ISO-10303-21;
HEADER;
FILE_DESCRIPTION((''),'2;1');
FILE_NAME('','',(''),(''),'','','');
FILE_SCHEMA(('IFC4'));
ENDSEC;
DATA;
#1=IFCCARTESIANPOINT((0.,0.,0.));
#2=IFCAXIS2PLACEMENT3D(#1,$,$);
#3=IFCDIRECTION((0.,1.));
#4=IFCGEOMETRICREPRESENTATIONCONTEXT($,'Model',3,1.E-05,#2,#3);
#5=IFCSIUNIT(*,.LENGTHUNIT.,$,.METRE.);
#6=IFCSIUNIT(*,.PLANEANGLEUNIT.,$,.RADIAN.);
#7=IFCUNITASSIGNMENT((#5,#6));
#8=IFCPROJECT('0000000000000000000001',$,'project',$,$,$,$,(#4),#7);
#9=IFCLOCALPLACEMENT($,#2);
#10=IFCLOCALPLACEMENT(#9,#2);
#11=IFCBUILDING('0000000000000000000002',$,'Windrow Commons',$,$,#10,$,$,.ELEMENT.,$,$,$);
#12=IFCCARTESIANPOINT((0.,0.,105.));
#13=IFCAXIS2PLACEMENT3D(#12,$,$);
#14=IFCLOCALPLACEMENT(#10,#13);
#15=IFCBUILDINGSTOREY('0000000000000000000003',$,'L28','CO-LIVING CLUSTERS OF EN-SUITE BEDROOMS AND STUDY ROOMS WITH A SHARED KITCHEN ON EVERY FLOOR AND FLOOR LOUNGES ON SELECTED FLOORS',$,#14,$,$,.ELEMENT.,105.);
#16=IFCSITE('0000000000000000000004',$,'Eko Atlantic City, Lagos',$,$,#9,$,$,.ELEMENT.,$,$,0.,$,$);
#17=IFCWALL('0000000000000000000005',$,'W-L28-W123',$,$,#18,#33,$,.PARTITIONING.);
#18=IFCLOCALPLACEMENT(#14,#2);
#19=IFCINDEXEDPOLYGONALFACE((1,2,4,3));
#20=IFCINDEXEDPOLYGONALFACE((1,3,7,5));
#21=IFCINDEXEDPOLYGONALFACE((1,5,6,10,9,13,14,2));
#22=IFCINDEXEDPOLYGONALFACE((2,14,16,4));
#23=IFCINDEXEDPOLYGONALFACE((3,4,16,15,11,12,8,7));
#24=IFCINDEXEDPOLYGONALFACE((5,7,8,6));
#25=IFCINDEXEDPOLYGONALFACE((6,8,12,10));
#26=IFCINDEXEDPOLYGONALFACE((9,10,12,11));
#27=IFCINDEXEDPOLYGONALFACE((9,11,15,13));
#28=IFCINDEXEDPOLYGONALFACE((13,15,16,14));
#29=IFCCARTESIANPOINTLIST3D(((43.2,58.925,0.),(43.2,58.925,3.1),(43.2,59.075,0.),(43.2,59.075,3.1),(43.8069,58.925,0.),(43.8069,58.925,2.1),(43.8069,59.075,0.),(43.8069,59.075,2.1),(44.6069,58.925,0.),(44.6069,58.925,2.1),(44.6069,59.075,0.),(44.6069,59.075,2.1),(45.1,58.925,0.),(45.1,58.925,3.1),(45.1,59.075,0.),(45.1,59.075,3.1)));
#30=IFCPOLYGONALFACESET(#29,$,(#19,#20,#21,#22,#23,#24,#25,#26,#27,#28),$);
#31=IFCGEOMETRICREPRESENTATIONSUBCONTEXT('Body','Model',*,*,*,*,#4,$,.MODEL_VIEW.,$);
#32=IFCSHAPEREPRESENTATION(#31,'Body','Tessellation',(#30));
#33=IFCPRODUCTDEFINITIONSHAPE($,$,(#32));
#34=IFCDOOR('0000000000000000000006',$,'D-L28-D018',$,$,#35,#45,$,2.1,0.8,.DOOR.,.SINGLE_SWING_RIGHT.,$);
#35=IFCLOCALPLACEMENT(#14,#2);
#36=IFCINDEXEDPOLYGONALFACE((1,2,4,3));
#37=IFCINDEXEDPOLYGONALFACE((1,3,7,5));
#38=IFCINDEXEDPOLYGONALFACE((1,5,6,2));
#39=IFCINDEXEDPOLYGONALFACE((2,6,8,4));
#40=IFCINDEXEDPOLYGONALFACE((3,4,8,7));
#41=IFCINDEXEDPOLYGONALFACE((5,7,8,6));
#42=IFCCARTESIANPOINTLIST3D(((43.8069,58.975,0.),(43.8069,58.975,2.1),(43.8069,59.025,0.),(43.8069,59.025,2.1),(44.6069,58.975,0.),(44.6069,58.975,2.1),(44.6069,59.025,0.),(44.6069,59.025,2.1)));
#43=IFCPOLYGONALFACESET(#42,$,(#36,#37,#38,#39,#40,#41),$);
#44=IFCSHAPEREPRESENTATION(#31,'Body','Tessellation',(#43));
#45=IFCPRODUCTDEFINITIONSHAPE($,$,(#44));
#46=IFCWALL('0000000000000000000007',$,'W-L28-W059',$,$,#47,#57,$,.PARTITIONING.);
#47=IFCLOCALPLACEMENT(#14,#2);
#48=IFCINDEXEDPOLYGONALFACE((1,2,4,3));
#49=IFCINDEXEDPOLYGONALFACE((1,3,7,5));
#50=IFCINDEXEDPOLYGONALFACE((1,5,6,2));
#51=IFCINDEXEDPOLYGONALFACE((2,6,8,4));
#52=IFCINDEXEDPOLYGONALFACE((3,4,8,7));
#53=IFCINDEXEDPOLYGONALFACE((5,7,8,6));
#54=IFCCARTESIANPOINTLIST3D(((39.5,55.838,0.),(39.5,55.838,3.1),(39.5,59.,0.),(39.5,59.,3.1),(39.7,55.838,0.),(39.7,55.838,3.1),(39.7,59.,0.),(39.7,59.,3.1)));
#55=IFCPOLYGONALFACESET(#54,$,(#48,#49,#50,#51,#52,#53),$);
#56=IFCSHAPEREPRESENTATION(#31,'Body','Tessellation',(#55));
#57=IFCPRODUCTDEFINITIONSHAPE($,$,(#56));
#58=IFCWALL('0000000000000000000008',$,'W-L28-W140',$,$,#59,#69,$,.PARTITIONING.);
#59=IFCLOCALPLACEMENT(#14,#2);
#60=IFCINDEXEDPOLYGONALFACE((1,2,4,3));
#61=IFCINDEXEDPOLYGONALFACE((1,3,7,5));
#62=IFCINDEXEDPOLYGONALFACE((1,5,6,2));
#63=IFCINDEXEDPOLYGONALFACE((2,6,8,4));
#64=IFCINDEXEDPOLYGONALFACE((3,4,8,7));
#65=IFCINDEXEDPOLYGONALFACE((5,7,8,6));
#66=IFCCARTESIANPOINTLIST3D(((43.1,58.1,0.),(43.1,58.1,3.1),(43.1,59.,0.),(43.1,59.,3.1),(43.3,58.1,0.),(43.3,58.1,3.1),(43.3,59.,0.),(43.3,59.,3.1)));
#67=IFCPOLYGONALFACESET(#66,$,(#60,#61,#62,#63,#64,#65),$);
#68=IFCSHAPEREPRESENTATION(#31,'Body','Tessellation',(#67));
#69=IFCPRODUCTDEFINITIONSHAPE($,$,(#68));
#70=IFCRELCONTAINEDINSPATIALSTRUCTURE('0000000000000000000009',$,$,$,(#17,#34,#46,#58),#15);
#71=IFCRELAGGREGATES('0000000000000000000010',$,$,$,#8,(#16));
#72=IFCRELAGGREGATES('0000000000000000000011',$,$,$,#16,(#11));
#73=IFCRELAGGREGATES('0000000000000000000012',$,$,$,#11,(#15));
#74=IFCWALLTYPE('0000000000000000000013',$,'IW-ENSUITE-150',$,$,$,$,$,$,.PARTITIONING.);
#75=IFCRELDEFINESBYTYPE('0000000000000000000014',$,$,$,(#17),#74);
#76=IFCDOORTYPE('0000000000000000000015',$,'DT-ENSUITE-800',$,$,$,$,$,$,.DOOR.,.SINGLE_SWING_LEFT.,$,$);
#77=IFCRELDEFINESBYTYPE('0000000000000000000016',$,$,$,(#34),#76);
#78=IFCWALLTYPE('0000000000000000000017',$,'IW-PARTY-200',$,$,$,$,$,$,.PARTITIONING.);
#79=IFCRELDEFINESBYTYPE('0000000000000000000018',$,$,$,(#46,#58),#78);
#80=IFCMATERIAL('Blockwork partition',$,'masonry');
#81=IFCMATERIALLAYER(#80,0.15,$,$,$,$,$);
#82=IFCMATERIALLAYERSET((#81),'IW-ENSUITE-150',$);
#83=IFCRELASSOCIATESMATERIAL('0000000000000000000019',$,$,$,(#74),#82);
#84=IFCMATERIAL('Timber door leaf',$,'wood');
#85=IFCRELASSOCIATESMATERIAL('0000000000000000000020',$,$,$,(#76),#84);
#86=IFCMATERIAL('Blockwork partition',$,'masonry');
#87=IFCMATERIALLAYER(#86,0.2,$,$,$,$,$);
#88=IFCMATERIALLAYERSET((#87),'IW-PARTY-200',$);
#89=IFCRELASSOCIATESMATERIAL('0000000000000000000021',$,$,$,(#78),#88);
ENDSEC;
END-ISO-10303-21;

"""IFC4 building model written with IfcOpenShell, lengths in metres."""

from ifc_helpers import new_model, si_unit, direction, frame, frame_2d, origin, place, context, subcontext, project, spatial, rectangle, extrude, material, layer, layer_set, type_object, element, fill, save


model = new_model("IFC4")

# Units and contexts
model_context = context("Model", 3, precision=1e-05, world=origin(), true_north=direction((0.0, 1.0)))
body_context = subcontext(model_context, "Body", "Model", "MODEL_VIEW")
ifc_project = project(units=[si_unit("LENGTHUNIT", "METRE"), si_unit("PLANEANGLEUNIT", "RADIAN")], contexts=[model_context])

# Site, building, storey
site_placement = place(None, origin())
site = spatial("IfcSite", under=ifc_project, at=site_placement, Name="Eko Atlantic City, Lagos", CompositionType="ELEMENT", RefElevation=0.0)
building_placement = place(site_placement, origin())
building = spatial("IfcBuilding", under=site, at=building_placement, Name="Windrow Commons", CompositionType="ELEMENT")
storey_placement = place(building_placement, frame((0.0, 0.0, 105.0)))
storey = spatial("IfcBuildingStorey", under=building, at=storey_placement, Name="L28", Description="CO-LIVING CLUSTERS OF EN-SUITE BEDROOMS AND STUDY ROOMS WITH A SHARED KITCHEN ON EVERY FLOOR AND FLOOR LOUNGES ON SELECTED FLOORS", CompositionType="ELEMENT", Elevation=105.0)

# Shared definitions
ifc_material_1 = material(Name="Blockwork partition", Category="masonry")
ifc_layer_1 = layer(ifc_material_1, 0.15)
ifc_layer_set_1 = layer_set([ifc_layer_1], Name="IW-ENSUITE-150")
wall_type_1 = type_object("IfcWallType", Name="IW-ENSUITE-150", PredefinedType="PARTITIONING", material=ifc_layer_set_1)

# Wall, opening, door
ifc_material_2 = material(Name="Timber door leaf", Category="wood")
door_type = type_object("IfcDoorType", Name="DT-ENSUITE-800", OperationType="SINGLE_SWING_LEFT", PredefinedType="DOOR", material=ifc_material_2)
wall_1_placement = place(storey_placement, frame((43.2, 59.0, 0.0), z_axis=(0.0, 0.0, 1.0), x_axis=(1.0, 0.0, 0.0)))
wall_1 = element("IfcWall", 1, at=wall_1_placement, inside=storey, type_object=wall_type_1, Name="W-L28-W123", PredefinedType="PARTITIONING", context=body_context, shape_type="SweptSolid", body=[
    extrude(rectangle(XDim=1.9, YDim=0.15, at=frame_2d((0.95, 0.0))), origin(), (0.0, 0.0, 1.0), 3.1),
])
opening_1_placement = place(wall_1_placement, frame((0.6069, 0.0, 0.0)))
opening_1 = element("IfcOpeningElement", 2, at=opening_1_placement, cuts=wall_1, PredefinedType="OPENING", context=body_context, shape_type="SweptSolid", body=[
    extrude(rectangle(XDim=0.8, YDim=2.1, at=frame_2d((0.4, 1.05))), frame((0.0, 0.085, 0.0), z_axis=(0.0, -1.0, 0.0), x_axis=(1.0, 0.0, 0.0)), (0.0, 0.0, 1.0), 0.17),
])
door_1_placement = place(opening_1_placement, origin())
door_1 = element("IfcDoor", 3, at=door_1_placement, inside=storey, type_object=door_type, Name="D-L28-D018", OperationType="SINGLE_SWING_RIGHT", OverallHeight=2.1, OverallWidth=0.8, PredefinedType="DOOR", context=body_context, shape_type="SweptSolid", body=[
    extrude(rectangle(XDim=0.8, YDim=2.1, at=frame_2d((0.4, 1.05))), frame((0.0, 0.025, 0.0), z_axis=(0.0, -1.0, 0.0), x_axis=(1.0, 0.0, 0.0)), (0.0, 0.0, 1.0), 0.05),
])
fill(opening_1, door_1)

# Walls
ifc_material_3 = material(Name="Blockwork partition", Category="masonry")
ifc_layer_2 = layer(ifc_material_3, 0.2)
ifc_layer_set_2 = layer_set([ifc_layer_2], Name="IW-PARTY-200")
wall_type_2 = type_object("IfcWallType", Name="IW-PARTY-200", PredefinedType="PARTITIONING", material=ifc_layer_set_2)
wall_2_placement = place(storey_placement, frame((39.6, 55.838, 0.0), z_axis=(0.0, 0.0, 1.0), x_axis=(0.0, 1.0, 0.0)))
element("IfcWall", 4, at=wall_2_placement, inside=storey, type_object=wall_type_2, Name="W-L28-W059", PredefinedType="PARTITIONING", context=body_context, shape_type="SweptSolid", body=[
    extrude(rectangle(XDim=3.162, YDim=0.2, at=frame_2d((1.581, 0.0))), origin(), (0.0, 0.0, 1.0), 3.1),
])
wall_3_placement = place(storey_placement, frame((43.2, 58.1, 0.0), z_axis=(0.0, 0.0, 1.0), x_axis=(0.0, 1.0, 0.0)))
element("IfcWall", 5, at=wall_3_placement, inside=storey, type_object=wall_type_2, Name="W-L28-W140", PredefinedType="PARTITIONING", context=body_context, shape_type="SweptSolid", body=[
    extrude(rectangle(XDim=0.9, YDim=0.2, at=frame_2d((0.45, 0.0))), origin(), (0.0, 0.0, 1.0), 3.1),
])

save(model, "model.ifc")
